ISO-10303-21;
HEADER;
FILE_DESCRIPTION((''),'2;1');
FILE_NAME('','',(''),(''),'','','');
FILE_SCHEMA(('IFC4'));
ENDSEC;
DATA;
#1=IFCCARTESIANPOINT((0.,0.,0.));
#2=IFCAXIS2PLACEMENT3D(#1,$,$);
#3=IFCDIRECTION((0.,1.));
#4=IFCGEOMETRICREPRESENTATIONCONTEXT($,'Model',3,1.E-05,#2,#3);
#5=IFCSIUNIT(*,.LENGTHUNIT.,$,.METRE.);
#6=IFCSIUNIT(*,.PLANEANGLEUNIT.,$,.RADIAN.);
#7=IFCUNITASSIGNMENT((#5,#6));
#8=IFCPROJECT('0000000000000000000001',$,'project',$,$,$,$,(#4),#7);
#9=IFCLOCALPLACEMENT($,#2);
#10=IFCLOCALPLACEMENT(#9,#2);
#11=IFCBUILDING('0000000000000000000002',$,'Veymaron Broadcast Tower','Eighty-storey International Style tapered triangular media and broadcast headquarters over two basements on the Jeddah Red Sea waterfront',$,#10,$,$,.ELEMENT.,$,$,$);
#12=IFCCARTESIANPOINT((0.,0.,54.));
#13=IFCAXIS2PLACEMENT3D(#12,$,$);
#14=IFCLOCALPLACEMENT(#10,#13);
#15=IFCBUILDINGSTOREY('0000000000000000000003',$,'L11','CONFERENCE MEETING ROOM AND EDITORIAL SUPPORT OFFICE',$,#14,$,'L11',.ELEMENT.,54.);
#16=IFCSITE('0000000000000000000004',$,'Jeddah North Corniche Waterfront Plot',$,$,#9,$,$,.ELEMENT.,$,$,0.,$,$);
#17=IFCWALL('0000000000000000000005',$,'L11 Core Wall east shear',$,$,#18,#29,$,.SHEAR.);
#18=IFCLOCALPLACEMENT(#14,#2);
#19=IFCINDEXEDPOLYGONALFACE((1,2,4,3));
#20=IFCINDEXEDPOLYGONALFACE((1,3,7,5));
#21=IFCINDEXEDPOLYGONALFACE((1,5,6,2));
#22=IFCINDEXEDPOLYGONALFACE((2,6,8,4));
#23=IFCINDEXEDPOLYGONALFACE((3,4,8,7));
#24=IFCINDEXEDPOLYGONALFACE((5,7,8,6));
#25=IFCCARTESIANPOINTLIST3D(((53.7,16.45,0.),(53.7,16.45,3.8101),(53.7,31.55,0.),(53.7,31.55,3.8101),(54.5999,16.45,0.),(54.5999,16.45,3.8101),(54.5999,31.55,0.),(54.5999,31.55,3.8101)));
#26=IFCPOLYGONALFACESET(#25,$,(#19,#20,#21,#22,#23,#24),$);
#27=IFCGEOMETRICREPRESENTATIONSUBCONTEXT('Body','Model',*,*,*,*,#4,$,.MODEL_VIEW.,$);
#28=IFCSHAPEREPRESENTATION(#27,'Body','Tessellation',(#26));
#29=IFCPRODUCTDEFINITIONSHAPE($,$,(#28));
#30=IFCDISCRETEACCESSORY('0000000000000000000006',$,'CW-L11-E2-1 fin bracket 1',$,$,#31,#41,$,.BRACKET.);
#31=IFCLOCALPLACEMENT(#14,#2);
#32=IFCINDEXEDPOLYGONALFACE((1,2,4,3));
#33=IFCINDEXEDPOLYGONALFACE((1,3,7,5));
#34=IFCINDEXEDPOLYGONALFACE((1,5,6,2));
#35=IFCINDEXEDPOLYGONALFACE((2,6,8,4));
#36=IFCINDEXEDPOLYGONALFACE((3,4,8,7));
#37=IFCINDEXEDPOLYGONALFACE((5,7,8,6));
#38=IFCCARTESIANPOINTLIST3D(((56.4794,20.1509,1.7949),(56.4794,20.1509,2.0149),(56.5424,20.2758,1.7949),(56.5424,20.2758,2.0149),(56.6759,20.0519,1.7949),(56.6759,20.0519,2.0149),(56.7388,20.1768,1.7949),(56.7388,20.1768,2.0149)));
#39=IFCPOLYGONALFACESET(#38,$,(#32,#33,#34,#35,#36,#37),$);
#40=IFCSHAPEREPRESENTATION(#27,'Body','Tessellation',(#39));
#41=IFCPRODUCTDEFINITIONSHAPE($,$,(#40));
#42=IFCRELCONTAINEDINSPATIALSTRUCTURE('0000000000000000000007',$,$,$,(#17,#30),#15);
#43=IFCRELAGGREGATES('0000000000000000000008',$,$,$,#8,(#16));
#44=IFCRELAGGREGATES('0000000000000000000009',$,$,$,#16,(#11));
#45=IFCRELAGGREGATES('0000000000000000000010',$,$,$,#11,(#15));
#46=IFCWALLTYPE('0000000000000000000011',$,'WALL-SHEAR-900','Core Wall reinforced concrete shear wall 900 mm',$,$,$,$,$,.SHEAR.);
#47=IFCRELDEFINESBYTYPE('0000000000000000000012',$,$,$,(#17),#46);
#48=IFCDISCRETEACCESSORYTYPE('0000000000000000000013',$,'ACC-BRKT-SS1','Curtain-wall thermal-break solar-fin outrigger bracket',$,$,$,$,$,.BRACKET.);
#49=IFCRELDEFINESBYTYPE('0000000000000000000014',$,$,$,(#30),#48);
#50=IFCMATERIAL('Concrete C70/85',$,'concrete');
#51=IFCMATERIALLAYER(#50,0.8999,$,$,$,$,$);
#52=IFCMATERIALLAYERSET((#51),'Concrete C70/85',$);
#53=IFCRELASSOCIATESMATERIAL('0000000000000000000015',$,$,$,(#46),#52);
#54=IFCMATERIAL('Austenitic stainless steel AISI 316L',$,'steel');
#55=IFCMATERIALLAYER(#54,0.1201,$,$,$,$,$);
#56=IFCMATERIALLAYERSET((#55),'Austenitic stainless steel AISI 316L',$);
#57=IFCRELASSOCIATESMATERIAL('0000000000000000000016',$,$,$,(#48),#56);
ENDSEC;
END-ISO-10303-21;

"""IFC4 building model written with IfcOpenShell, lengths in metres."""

from ifc_helpers import new_model, si_unit, direction, frame, frame_2d, origin, origin_2d, place, context, subcontext, project, spatial, rectangle, extrude, material, layer, layer_set, type_object, element, save


model = new_model("IFC4")

# Units and contexts
model_context = context("Model", 3, precision=1e-05, world=origin(), true_north=direction((0.0, 1.0)))
body_context = subcontext(model_context, "Body", "Model", "MODEL_VIEW")
ifc_project = project(units=[si_unit("LENGTHUNIT", "METRE"), si_unit("PLANEANGLEUNIT", "RADIAN")], contexts=[model_context])

# Site, building, storey
site_placement = place(None, origin())
site = spatial("IfcSite", under=ifc_project, at=site_placement, Name="Jeddah North Corniche Waterfront Plot", CompositionType="ELEMENT", RefElevation=0.0)
building_placement = place(site_placement, origin())
building = spatial("IfcBuilding", under=site, at=building_placement, Name="Veymaron Broadcast Tower", Description="Eighty-storey International Style tapered triangular media and broadcast headquarters over two basements on the Jeddah Red Sea waterfront", CompositionType="ELEMENT")
storey_placement = place(building_placement, frame((0.0, 0.0, 54.0)))
storey = spatial("IfcBuildingStorey", under=building, at=storey_placement, Name="L11", Description="CONFERENCE MEETING ROOM AND EDITORIAL SUPPORT OFFICE", LongName="L11", CompositionType="ELEMENT", Elevation=54.0)

# Wall
ifc_material_1 = material(Name="Concrete C70/85", Category="concrete")
ifc_layer_1 = layer(ifc_material_1, 0.8999)
ifc_layer_set_1 = layer_set([ifc_layer_1], Name="Concrete C70/85")
wall_type_1 = type_object("IfcWallType", Name="WALL-SHEAR-900", Description="Core Wall reinforced concrete shear wall 900 mm", PredefinedType="SHEAR", material=ifc_layer_set_1)
wall_1_placement = place(storey_placement, frame((54.1499, 16.45, 0.0), z_axis=(0.0, 0.0, 1.0), x_axis=(0.0, 1.0, 0.0)))
element("IfcWall", 1, at=wall_1_placement, inside=storey, type_object=wall_type_1, Name="L11 Core Wall east shear", PredefinedType="SHEAR", context=body_context, shape_type="SweptSolid", body=[
    extrude(rectangle(XDim=15.1001, YDim=0.8999, at=frame_2d((7.55, 0.0))), origin(), (0.0, 0.0, 1.0), 3.8101),
])

# Discrete accessory
ifc_material_2 = material(Name="Austenitic stainless steel AISI 316L", Category="steel")
ifc_layer_2 = layer(ifc_material_2, 0.1201)
ifc_layer_set_2 = layer_set([ifc_layer_2], Name="Austenitic stainless steel AISI 316L")
discrete_accessory_type = type_object("IfcDiscreteAccessoryType", Name="ACC-BRKT-SS1", Description="Curtain-wall thermal-break solar-fin outrigger bracket", PredefinedType="BRACKET", material=ifc_layer_set_2)
discrete_accessory_placement = place(storey_placement, frame((56.6091, 20.1638, 1.7949), z_axis=(0.0, 0.0, 1.0), x_axis=(0.892995, -0.450067, 0.0)))
element("IfcDiscreteAccessory", 2, at=discrete_accessory_placement, inside=storey, type_object=discrete_accessory_type, Name="CW-L11-E2-1 fin bracket 1", PredefinedType="BRACKET", context=body_context, shape_type="SweptSolid", body=[
    extrude(rectangle(XDim=0.22, YDim=0.1399, at=origin_2d()), origin(), (0.0, 0.0, 1.0), 0.22),
])

save(model, "model.ifc")
